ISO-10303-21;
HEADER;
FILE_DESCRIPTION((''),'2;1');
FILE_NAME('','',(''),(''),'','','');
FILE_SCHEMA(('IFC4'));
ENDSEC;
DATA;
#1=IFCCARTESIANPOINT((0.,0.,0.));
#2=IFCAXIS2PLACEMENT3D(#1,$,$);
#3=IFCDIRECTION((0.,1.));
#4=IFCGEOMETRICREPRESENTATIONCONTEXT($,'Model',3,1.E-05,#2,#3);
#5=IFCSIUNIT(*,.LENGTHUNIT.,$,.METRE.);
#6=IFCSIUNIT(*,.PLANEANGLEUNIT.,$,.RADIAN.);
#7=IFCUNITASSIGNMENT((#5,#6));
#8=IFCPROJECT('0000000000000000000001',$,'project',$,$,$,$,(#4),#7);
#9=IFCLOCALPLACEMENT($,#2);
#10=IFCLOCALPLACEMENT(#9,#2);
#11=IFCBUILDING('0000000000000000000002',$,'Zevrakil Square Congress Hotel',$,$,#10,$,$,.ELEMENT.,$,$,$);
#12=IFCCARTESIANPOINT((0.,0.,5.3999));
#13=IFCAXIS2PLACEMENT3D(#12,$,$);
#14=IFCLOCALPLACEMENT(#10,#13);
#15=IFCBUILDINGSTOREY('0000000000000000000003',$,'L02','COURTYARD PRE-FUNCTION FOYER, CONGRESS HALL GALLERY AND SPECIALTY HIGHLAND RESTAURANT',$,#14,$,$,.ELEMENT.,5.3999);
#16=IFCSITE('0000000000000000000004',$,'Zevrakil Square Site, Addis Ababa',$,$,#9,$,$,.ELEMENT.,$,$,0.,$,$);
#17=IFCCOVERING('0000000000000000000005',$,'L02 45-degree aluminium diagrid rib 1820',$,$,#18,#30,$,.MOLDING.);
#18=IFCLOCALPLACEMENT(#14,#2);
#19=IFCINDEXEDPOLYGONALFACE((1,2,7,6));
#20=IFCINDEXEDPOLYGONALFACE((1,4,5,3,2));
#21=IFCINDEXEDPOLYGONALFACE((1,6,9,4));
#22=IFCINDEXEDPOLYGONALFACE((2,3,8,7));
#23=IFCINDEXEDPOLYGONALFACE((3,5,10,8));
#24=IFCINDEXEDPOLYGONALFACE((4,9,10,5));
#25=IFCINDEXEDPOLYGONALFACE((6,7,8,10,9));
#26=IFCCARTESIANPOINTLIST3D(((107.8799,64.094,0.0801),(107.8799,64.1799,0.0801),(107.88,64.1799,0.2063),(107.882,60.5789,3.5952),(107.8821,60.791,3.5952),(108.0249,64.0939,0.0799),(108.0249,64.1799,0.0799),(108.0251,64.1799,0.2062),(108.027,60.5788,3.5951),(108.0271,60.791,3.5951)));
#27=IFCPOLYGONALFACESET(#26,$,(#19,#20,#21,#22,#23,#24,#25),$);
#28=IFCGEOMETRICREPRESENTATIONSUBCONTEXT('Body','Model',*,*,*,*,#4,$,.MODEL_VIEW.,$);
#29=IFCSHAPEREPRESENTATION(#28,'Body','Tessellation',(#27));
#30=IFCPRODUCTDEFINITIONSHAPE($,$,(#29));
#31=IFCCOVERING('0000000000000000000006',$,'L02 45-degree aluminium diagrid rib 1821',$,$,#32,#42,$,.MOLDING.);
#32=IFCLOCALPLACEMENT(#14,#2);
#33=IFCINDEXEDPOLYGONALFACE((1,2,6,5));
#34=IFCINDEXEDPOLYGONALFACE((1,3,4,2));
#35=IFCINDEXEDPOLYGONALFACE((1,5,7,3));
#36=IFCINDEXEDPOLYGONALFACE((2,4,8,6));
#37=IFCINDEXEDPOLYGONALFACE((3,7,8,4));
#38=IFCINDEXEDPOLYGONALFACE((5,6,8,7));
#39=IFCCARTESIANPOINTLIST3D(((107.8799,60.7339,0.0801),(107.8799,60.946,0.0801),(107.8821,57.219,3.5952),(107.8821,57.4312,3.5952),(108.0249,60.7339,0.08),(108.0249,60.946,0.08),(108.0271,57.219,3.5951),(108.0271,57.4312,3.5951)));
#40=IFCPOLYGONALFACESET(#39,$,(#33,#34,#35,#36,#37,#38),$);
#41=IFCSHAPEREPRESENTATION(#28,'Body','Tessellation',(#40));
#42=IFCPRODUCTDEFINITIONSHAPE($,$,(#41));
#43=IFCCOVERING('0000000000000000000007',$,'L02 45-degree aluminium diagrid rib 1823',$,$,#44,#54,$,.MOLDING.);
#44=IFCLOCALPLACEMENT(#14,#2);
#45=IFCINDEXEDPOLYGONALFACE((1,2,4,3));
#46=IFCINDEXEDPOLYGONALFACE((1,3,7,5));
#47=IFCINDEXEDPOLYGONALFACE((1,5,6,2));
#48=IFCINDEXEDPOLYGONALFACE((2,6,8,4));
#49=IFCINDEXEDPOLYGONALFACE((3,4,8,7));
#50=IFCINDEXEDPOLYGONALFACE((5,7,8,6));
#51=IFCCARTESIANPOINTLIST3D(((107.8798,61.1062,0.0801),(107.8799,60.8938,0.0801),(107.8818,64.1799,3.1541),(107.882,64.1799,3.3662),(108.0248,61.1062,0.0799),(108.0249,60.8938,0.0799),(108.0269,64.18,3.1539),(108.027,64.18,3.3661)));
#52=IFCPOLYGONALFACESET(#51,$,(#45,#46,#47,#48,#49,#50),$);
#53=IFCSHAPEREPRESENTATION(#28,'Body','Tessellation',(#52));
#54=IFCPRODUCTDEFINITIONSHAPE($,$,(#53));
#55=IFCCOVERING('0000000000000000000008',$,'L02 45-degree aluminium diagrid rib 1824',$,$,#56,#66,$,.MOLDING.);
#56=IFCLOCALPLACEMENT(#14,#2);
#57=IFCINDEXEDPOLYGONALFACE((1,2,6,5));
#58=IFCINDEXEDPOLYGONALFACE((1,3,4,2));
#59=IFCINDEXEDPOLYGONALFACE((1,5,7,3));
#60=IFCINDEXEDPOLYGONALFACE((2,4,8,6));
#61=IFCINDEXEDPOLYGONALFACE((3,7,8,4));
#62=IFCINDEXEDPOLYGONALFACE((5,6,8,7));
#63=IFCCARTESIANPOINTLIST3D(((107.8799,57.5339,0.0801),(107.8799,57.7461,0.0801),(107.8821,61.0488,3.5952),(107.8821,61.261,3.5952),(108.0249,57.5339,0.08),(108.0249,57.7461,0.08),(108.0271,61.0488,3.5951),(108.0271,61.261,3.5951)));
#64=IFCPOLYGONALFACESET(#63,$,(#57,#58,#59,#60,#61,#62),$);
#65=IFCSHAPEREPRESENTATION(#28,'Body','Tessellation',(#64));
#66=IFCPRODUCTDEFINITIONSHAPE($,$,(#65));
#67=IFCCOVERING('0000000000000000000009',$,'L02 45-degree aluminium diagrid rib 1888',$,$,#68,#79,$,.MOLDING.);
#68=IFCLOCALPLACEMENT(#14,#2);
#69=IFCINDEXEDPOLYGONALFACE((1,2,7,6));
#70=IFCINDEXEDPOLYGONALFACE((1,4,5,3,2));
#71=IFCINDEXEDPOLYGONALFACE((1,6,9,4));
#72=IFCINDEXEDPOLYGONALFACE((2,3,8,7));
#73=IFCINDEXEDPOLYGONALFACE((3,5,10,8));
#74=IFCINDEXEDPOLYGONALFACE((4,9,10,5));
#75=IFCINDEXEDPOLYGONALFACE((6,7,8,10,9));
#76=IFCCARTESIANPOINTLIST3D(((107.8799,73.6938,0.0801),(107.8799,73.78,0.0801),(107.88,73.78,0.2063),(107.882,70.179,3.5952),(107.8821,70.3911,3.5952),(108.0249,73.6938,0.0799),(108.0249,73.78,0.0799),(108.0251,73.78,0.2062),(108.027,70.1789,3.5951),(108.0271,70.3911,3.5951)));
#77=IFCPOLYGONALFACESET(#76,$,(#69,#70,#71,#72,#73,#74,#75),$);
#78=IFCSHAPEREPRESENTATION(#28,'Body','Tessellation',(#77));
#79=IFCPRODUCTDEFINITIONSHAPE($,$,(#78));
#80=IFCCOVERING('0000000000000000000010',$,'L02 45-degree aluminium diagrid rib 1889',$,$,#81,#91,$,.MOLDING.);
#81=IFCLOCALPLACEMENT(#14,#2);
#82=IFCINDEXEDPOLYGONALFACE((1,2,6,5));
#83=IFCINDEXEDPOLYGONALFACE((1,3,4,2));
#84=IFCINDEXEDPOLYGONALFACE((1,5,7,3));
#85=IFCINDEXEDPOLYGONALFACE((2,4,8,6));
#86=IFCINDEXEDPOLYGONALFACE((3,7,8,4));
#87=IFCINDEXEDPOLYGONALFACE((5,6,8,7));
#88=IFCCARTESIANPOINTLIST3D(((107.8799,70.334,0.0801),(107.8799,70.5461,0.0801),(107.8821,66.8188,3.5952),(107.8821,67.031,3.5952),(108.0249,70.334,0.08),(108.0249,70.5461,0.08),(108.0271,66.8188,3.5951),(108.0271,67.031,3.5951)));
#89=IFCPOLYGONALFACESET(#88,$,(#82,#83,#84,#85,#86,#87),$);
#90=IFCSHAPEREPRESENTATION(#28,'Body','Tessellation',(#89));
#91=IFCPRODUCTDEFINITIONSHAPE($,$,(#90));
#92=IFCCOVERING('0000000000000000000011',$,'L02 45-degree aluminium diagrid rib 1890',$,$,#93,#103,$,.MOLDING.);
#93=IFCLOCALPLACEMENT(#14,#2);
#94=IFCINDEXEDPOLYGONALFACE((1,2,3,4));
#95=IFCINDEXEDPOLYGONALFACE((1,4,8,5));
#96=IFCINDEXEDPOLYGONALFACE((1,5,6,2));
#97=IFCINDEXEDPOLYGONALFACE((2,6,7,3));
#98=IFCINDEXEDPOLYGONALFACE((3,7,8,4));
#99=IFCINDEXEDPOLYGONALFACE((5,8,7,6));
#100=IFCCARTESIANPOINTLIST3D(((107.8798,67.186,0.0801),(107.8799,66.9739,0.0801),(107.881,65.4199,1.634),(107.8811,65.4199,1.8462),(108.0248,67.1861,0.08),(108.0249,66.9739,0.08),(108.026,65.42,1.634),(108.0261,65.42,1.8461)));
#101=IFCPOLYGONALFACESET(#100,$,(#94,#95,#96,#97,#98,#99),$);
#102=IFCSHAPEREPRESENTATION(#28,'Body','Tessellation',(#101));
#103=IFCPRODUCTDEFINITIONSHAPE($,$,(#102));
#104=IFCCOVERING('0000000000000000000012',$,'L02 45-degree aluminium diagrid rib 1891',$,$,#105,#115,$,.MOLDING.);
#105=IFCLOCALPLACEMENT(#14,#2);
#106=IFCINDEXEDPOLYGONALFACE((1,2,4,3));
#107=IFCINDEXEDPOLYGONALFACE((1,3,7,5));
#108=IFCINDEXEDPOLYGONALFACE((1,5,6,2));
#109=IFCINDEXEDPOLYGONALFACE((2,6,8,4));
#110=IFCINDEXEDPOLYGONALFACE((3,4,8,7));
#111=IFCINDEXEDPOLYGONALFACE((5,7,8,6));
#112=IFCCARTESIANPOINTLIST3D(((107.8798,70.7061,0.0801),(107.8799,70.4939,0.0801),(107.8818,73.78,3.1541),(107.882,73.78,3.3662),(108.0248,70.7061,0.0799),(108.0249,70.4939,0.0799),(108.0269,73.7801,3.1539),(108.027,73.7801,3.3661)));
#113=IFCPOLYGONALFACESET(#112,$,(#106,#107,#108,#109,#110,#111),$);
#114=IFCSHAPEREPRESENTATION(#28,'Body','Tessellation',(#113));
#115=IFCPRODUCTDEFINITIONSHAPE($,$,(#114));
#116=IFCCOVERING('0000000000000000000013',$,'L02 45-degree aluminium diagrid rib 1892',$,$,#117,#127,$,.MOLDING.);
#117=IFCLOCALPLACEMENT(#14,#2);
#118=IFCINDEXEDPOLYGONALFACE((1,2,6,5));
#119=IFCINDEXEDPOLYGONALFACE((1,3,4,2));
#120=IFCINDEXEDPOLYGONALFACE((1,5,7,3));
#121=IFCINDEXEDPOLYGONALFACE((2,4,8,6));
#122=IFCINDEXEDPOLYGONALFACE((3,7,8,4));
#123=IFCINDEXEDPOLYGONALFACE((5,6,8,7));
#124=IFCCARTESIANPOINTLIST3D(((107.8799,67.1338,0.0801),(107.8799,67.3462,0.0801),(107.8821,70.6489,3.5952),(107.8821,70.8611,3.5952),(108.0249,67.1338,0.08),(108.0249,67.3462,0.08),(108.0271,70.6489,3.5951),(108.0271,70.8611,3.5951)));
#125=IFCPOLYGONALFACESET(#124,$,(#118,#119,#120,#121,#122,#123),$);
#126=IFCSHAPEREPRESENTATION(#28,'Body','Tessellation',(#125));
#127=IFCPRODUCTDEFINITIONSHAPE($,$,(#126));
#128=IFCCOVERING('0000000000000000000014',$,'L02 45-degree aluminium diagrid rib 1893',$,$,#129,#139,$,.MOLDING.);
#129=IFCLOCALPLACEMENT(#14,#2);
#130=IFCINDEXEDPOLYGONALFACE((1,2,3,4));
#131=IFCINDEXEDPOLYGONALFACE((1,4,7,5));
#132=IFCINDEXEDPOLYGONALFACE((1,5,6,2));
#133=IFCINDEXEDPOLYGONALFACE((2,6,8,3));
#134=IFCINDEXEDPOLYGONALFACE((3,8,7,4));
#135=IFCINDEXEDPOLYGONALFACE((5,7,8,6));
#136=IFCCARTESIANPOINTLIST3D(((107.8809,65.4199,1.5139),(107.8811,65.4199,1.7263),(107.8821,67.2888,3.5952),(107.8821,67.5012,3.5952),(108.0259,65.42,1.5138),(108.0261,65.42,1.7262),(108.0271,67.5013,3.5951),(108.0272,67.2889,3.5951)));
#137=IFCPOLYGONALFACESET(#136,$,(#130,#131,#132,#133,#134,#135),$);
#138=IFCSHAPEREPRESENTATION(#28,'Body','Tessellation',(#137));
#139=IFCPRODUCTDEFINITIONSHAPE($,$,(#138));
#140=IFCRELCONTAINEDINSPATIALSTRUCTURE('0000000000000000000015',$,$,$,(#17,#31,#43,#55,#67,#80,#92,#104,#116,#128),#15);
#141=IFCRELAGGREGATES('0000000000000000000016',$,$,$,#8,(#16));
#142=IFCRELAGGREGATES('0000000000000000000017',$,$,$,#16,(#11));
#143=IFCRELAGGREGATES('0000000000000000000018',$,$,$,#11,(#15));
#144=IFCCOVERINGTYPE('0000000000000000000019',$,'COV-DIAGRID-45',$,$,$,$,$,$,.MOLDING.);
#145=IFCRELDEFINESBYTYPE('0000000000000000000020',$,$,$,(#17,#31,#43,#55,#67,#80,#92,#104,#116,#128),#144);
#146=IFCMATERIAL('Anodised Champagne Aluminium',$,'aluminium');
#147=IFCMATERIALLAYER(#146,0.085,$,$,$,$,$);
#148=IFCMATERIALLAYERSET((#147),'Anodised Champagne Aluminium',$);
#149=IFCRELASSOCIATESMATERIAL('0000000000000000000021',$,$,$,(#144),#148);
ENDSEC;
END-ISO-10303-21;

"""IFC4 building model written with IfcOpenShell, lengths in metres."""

from ifc_helpers import new_model, si_unit, direction, frame, origin, place, context, subcontext, project, spatial, polyline, outline, extrude, material, layer, layer_set, type_object, element, save


model = new_model("IFC4")

# Units and contexts
model_context = context("Model", 3, precision=1e-05, world=origin(), true_north=direction((0.0, 1.0)))
body_context = subcontext(model_context, "Body", "Model", "MODEL_VIEW")
ifc_project = project(units=[si_unit("LENGTHUNIT", "METRE"), si_unit("PLANEANGLEUNIT", "RADIAN")], contexts=[model_context])

# Site, building, storey
site_placement = place(None, origin())
site = spatial("IfcSite", under=ifc_project, at=site_placement, Name="Zevrakil Square Site, Addis Ababa", CompositionType="ELEMENT", RefElevation=0.0)
building_placement = place(site_placement, origin())
building = spatial("IfcBuilding", under=site, at=building_placement, Name="Zevrakil Square Congress Hotel", CompositionType="ELEMENT")
storey_placement = place(building_placement, frame((0.0, 0.0, 5.3999)))
storey = spatial("IfcBuildingStorey", under=building, at=storey_placement, Name="L02", Description="COURTYARD PRE-FUNCTION FOYER, CONGRESS HALL GALLERY AND SPECIALTY HIGHLAND RESTAURANT", CompositionType="ELEMENT", Elevation=5.3999)

# Coverings
ifc_material_1 = material(Name="Anodised Champagne Aluminium", Category="aluminium")
ifc_layer_1 = layer(ifc_material_1, 0.085)
ifc_layer_set_1 = layer_set([ifc_layer_1], Name="Anodised Champagne Aluminium")
covering_type_1 = type_object("IfcCoveringType", Name="COV-DIAGRID-45", PredefinedType="MOLDING", material=ifc_layer_set_1)
covering_1_placement = place(storey_placement, frame((107.8799, 64.094, 0.0801), z_axis=(-0.999999, 0.000394, 0.001005), x_axis=(0.000394, 1.0, 0.0)))
element("IfcCovering", 1, at=covering_1_placement, inside=storey, type_object=covering_type_1, Name="L02 45-degree aluminium diagrid rib 1820", PredefinedType="MOLDING", context=body_context, shape_type="SweptSolid", body=[
    extrude(outline(polyline([(0.0, 0.0), (0.0859, 0.0), (0.0859, -0.1262), (-3.303, -3.5151), (-3.5151, -3.5151), (0.0, 0.0)])), origin(), (0.0, 0.0, -1.0), 0.145),
])
covering_2_placement = place(storey_placement, frame((107.8799, 60.7339, 0.0801), z_axis=(-1.0, 0.0, 0.000625), x_axis=(0.0, 1.0, 0.0)))
element("IfcCovering", 2, at=covering_2_placement, inside=storey, type_object=covering_type_1, Name="L02 45-degree aluminium diagrid rib 1821", PredefinedType="MOLDING", context=body_context, shape_type="SweptSolid", body=[
    extrude(outline(polyline([(0.0, 0.0), (0.2122, 0.0), (-3.3027, -3.5151), (-3.5149, -3.5151), (0.0, 0.0)])), origin(), (0.0, 0.0, -1.0), 0.145),
])
covering_3_placement = place(storey_placement, frame((107.8818, 64.1799, 3.1541), z_axis=(-1.0, -0.000249, 0.000902), x_axis=(0.000902, 0.0, 1.0)))
element("IfcCovering", 3, at=covering_3_placement, inside=storey, type_object=covering_type_1, Name="L02 45-degree aluminium diagrid rib 1823", PredefinedType="MOLDING", context=body_context, shape_type="SweptSolid", body=[
    extrude(outline(polyline([(0.0, 0.0), (0.2122, 0.0), (-3.074, -3.2861), (-3.074, -3.0737), (0.0, 0.0)])), origin(), (0.0, 0.0, -1.0), 0.145),
])
covering_4_placement = place(storey_placement, frame((107.8821, 61.261, 3.5952), z_axis=(-1.0, 0.0, 0.000625), x_axis=(0.0, -1.0, 0.0)))
element("IfcCovering", 4, at=covering_4_placement, inside=storey, type_object=covering_type_1, Name="L02 45-degree aluminium diagrid rib 1824", PredefinedType="MOLDING", context=body_context, shape_type="SweptSolid", body=[
    extrude(outline(polyline([(0.0, 0.0), (0.2122, 0.0), (3.7271, -3.5151), (3.5149, -3.5151), (0.0, 0.0)])), origin(), (0.0, 0.0, -1.0), 0.145),
])
covering_5_placement = place(storey_placement, frame((107.8799, 73.6938, 0.0801), z_axis=(-0.999999, 0.000393, 0.001004), x_axis=(0.000393, 1.0, 0.0)))
element("IfcCovering", 5, at=covering_5_placement, inside=storey, type_object=covering_type_1, Name="L02 45-degree aluminium diagrid rib 1888", PredefinedType="MOLDING", context=body_context, shape_type="SweptSolid", body=[
    extrude(outline(polyline([(0.0, 0.0), (0.0862, 0.0), (0.0862, -0.1262), (-3.3027, -3.5151), (-3.5149, -3.5151), (0.0, 0.0)])), origin(), (0.0, 0.0, -1.0), 0.145),
])
covering_6_placement = place(storey_placement, frame((107.8799, 70.334, 0.0801), z_axis=(-1.0, 0.0, 0.000625), x_axis=(0.0, 1.0, 0.0)))
element("IfcCovering", 6, at=covering_6_placement, inside=storey, type_object=covering_type_1, Name="L02 45-degree aluminium diagrid rib 1889", PredefinedType="MOLDING", context=body_context, shape_type="SweptSolid", body=[
    extrude(outline(polyline([(0.0, 0.0), (0.2122, 0.0), (-3.303, -3.5151), (-3.5151, -3.5151), (0.0, 0.0)])), origin(), (0.0, 0.0, -1.0), 0.145),
])
covering_7_placement = place(storey_placement, frame((107.8799, 66.9739, 0.0801), z_axis=(-1.0, -0.000368, 0.000368), x_axis=(-0.000368, 1.0, 0.0)))
element("IfcCovering", 7, at=covering_7_placement, inside=storey, type_object=covering_type_1, Name="L02 45-degree aluminium diagrid rib 1890", PredefinedType="MOLDING", context=body_context, shape_type="SweptSolid", body=[
    extrude(outline(polyline([(0.0, 0.0), (0.2122, 0.0), (-1.554, -1.7661), (-1.554, -1.554), (0.0, 0.0)])), origin(), (0.0, 0.0, -1.0), 0.145),
])
covering_8_placement = place(storey_placement, frame((107.8818, 73.78, 3.1541), z_axis=(-1.0, -0.000249, 0.000902), x_axis=(0.000902, 0.0, 1.0)))
element("IfcCovering", 8, at=covering_8_placement, inside=storey, type_object=covering_type_1, Name="L02 45-degree aluminium diagrid rib 1891", PredefinedType="MOLDING", context=body_context, shape_type="SweptSolid", body=[
    extrude(outline(polyline([(0.0, 0.0), (0.2122, 0.0), (-3.074, -3.2861), (-3.074, -3.074), (0.0, 0.0)])), origin(), (0.0, 0.0, -1.0), 0.145),
])
covering_9_placement = place(storey_placement, frame((107.8821, 70.8611, 3.5952), z_axis=(-1.0, 0.0, 0.000625), x_axis=(0.0, -1.0, 0.0)))
element("IfcCovering", 9, at=covering_9_placement, inside=storey, type_object=covering_type_1, Name="L02 45-degree aluminium diagrid rib 1892", PredefinedType="MOLDING", context=body_context, shape_type="SweptSolid", body=[
    extrude(outline(polyline([(0.0, 0.0), (0.2122, 0.0), (3.7273, -3.5151), (3.5149, -3.5151), (0.0, 0.0)])), origin(), (0.0, 0.0, -1.0), 0.145),
])
covering_10_placement = place(storey_placement, frame((107.8821, 67.5012, 3.5952), z_axis=(-1.0, -0.000297, 0.000853), x_axis=(0.000297, -1.0, 0.0)))
element("IfcCovering", 10, at=covering_10_placement, inside=storey, type_object=covering_type_1, Name="L02 45-degree aluminium diagrid rib 1893", PredefinedType="MOLDING", context=body_context, shape_type="SweptSolid", body=[
    extrude(outline(polyline([(0.0, 0.0), (0.2124, 0.0), (2.0813, -1.8689), (2.0813, -2.0813), (0.0, 0.0)])), origin(), (0.0, 0.0, -1.0), 0.145),
])

save(model, "model.ifc")
